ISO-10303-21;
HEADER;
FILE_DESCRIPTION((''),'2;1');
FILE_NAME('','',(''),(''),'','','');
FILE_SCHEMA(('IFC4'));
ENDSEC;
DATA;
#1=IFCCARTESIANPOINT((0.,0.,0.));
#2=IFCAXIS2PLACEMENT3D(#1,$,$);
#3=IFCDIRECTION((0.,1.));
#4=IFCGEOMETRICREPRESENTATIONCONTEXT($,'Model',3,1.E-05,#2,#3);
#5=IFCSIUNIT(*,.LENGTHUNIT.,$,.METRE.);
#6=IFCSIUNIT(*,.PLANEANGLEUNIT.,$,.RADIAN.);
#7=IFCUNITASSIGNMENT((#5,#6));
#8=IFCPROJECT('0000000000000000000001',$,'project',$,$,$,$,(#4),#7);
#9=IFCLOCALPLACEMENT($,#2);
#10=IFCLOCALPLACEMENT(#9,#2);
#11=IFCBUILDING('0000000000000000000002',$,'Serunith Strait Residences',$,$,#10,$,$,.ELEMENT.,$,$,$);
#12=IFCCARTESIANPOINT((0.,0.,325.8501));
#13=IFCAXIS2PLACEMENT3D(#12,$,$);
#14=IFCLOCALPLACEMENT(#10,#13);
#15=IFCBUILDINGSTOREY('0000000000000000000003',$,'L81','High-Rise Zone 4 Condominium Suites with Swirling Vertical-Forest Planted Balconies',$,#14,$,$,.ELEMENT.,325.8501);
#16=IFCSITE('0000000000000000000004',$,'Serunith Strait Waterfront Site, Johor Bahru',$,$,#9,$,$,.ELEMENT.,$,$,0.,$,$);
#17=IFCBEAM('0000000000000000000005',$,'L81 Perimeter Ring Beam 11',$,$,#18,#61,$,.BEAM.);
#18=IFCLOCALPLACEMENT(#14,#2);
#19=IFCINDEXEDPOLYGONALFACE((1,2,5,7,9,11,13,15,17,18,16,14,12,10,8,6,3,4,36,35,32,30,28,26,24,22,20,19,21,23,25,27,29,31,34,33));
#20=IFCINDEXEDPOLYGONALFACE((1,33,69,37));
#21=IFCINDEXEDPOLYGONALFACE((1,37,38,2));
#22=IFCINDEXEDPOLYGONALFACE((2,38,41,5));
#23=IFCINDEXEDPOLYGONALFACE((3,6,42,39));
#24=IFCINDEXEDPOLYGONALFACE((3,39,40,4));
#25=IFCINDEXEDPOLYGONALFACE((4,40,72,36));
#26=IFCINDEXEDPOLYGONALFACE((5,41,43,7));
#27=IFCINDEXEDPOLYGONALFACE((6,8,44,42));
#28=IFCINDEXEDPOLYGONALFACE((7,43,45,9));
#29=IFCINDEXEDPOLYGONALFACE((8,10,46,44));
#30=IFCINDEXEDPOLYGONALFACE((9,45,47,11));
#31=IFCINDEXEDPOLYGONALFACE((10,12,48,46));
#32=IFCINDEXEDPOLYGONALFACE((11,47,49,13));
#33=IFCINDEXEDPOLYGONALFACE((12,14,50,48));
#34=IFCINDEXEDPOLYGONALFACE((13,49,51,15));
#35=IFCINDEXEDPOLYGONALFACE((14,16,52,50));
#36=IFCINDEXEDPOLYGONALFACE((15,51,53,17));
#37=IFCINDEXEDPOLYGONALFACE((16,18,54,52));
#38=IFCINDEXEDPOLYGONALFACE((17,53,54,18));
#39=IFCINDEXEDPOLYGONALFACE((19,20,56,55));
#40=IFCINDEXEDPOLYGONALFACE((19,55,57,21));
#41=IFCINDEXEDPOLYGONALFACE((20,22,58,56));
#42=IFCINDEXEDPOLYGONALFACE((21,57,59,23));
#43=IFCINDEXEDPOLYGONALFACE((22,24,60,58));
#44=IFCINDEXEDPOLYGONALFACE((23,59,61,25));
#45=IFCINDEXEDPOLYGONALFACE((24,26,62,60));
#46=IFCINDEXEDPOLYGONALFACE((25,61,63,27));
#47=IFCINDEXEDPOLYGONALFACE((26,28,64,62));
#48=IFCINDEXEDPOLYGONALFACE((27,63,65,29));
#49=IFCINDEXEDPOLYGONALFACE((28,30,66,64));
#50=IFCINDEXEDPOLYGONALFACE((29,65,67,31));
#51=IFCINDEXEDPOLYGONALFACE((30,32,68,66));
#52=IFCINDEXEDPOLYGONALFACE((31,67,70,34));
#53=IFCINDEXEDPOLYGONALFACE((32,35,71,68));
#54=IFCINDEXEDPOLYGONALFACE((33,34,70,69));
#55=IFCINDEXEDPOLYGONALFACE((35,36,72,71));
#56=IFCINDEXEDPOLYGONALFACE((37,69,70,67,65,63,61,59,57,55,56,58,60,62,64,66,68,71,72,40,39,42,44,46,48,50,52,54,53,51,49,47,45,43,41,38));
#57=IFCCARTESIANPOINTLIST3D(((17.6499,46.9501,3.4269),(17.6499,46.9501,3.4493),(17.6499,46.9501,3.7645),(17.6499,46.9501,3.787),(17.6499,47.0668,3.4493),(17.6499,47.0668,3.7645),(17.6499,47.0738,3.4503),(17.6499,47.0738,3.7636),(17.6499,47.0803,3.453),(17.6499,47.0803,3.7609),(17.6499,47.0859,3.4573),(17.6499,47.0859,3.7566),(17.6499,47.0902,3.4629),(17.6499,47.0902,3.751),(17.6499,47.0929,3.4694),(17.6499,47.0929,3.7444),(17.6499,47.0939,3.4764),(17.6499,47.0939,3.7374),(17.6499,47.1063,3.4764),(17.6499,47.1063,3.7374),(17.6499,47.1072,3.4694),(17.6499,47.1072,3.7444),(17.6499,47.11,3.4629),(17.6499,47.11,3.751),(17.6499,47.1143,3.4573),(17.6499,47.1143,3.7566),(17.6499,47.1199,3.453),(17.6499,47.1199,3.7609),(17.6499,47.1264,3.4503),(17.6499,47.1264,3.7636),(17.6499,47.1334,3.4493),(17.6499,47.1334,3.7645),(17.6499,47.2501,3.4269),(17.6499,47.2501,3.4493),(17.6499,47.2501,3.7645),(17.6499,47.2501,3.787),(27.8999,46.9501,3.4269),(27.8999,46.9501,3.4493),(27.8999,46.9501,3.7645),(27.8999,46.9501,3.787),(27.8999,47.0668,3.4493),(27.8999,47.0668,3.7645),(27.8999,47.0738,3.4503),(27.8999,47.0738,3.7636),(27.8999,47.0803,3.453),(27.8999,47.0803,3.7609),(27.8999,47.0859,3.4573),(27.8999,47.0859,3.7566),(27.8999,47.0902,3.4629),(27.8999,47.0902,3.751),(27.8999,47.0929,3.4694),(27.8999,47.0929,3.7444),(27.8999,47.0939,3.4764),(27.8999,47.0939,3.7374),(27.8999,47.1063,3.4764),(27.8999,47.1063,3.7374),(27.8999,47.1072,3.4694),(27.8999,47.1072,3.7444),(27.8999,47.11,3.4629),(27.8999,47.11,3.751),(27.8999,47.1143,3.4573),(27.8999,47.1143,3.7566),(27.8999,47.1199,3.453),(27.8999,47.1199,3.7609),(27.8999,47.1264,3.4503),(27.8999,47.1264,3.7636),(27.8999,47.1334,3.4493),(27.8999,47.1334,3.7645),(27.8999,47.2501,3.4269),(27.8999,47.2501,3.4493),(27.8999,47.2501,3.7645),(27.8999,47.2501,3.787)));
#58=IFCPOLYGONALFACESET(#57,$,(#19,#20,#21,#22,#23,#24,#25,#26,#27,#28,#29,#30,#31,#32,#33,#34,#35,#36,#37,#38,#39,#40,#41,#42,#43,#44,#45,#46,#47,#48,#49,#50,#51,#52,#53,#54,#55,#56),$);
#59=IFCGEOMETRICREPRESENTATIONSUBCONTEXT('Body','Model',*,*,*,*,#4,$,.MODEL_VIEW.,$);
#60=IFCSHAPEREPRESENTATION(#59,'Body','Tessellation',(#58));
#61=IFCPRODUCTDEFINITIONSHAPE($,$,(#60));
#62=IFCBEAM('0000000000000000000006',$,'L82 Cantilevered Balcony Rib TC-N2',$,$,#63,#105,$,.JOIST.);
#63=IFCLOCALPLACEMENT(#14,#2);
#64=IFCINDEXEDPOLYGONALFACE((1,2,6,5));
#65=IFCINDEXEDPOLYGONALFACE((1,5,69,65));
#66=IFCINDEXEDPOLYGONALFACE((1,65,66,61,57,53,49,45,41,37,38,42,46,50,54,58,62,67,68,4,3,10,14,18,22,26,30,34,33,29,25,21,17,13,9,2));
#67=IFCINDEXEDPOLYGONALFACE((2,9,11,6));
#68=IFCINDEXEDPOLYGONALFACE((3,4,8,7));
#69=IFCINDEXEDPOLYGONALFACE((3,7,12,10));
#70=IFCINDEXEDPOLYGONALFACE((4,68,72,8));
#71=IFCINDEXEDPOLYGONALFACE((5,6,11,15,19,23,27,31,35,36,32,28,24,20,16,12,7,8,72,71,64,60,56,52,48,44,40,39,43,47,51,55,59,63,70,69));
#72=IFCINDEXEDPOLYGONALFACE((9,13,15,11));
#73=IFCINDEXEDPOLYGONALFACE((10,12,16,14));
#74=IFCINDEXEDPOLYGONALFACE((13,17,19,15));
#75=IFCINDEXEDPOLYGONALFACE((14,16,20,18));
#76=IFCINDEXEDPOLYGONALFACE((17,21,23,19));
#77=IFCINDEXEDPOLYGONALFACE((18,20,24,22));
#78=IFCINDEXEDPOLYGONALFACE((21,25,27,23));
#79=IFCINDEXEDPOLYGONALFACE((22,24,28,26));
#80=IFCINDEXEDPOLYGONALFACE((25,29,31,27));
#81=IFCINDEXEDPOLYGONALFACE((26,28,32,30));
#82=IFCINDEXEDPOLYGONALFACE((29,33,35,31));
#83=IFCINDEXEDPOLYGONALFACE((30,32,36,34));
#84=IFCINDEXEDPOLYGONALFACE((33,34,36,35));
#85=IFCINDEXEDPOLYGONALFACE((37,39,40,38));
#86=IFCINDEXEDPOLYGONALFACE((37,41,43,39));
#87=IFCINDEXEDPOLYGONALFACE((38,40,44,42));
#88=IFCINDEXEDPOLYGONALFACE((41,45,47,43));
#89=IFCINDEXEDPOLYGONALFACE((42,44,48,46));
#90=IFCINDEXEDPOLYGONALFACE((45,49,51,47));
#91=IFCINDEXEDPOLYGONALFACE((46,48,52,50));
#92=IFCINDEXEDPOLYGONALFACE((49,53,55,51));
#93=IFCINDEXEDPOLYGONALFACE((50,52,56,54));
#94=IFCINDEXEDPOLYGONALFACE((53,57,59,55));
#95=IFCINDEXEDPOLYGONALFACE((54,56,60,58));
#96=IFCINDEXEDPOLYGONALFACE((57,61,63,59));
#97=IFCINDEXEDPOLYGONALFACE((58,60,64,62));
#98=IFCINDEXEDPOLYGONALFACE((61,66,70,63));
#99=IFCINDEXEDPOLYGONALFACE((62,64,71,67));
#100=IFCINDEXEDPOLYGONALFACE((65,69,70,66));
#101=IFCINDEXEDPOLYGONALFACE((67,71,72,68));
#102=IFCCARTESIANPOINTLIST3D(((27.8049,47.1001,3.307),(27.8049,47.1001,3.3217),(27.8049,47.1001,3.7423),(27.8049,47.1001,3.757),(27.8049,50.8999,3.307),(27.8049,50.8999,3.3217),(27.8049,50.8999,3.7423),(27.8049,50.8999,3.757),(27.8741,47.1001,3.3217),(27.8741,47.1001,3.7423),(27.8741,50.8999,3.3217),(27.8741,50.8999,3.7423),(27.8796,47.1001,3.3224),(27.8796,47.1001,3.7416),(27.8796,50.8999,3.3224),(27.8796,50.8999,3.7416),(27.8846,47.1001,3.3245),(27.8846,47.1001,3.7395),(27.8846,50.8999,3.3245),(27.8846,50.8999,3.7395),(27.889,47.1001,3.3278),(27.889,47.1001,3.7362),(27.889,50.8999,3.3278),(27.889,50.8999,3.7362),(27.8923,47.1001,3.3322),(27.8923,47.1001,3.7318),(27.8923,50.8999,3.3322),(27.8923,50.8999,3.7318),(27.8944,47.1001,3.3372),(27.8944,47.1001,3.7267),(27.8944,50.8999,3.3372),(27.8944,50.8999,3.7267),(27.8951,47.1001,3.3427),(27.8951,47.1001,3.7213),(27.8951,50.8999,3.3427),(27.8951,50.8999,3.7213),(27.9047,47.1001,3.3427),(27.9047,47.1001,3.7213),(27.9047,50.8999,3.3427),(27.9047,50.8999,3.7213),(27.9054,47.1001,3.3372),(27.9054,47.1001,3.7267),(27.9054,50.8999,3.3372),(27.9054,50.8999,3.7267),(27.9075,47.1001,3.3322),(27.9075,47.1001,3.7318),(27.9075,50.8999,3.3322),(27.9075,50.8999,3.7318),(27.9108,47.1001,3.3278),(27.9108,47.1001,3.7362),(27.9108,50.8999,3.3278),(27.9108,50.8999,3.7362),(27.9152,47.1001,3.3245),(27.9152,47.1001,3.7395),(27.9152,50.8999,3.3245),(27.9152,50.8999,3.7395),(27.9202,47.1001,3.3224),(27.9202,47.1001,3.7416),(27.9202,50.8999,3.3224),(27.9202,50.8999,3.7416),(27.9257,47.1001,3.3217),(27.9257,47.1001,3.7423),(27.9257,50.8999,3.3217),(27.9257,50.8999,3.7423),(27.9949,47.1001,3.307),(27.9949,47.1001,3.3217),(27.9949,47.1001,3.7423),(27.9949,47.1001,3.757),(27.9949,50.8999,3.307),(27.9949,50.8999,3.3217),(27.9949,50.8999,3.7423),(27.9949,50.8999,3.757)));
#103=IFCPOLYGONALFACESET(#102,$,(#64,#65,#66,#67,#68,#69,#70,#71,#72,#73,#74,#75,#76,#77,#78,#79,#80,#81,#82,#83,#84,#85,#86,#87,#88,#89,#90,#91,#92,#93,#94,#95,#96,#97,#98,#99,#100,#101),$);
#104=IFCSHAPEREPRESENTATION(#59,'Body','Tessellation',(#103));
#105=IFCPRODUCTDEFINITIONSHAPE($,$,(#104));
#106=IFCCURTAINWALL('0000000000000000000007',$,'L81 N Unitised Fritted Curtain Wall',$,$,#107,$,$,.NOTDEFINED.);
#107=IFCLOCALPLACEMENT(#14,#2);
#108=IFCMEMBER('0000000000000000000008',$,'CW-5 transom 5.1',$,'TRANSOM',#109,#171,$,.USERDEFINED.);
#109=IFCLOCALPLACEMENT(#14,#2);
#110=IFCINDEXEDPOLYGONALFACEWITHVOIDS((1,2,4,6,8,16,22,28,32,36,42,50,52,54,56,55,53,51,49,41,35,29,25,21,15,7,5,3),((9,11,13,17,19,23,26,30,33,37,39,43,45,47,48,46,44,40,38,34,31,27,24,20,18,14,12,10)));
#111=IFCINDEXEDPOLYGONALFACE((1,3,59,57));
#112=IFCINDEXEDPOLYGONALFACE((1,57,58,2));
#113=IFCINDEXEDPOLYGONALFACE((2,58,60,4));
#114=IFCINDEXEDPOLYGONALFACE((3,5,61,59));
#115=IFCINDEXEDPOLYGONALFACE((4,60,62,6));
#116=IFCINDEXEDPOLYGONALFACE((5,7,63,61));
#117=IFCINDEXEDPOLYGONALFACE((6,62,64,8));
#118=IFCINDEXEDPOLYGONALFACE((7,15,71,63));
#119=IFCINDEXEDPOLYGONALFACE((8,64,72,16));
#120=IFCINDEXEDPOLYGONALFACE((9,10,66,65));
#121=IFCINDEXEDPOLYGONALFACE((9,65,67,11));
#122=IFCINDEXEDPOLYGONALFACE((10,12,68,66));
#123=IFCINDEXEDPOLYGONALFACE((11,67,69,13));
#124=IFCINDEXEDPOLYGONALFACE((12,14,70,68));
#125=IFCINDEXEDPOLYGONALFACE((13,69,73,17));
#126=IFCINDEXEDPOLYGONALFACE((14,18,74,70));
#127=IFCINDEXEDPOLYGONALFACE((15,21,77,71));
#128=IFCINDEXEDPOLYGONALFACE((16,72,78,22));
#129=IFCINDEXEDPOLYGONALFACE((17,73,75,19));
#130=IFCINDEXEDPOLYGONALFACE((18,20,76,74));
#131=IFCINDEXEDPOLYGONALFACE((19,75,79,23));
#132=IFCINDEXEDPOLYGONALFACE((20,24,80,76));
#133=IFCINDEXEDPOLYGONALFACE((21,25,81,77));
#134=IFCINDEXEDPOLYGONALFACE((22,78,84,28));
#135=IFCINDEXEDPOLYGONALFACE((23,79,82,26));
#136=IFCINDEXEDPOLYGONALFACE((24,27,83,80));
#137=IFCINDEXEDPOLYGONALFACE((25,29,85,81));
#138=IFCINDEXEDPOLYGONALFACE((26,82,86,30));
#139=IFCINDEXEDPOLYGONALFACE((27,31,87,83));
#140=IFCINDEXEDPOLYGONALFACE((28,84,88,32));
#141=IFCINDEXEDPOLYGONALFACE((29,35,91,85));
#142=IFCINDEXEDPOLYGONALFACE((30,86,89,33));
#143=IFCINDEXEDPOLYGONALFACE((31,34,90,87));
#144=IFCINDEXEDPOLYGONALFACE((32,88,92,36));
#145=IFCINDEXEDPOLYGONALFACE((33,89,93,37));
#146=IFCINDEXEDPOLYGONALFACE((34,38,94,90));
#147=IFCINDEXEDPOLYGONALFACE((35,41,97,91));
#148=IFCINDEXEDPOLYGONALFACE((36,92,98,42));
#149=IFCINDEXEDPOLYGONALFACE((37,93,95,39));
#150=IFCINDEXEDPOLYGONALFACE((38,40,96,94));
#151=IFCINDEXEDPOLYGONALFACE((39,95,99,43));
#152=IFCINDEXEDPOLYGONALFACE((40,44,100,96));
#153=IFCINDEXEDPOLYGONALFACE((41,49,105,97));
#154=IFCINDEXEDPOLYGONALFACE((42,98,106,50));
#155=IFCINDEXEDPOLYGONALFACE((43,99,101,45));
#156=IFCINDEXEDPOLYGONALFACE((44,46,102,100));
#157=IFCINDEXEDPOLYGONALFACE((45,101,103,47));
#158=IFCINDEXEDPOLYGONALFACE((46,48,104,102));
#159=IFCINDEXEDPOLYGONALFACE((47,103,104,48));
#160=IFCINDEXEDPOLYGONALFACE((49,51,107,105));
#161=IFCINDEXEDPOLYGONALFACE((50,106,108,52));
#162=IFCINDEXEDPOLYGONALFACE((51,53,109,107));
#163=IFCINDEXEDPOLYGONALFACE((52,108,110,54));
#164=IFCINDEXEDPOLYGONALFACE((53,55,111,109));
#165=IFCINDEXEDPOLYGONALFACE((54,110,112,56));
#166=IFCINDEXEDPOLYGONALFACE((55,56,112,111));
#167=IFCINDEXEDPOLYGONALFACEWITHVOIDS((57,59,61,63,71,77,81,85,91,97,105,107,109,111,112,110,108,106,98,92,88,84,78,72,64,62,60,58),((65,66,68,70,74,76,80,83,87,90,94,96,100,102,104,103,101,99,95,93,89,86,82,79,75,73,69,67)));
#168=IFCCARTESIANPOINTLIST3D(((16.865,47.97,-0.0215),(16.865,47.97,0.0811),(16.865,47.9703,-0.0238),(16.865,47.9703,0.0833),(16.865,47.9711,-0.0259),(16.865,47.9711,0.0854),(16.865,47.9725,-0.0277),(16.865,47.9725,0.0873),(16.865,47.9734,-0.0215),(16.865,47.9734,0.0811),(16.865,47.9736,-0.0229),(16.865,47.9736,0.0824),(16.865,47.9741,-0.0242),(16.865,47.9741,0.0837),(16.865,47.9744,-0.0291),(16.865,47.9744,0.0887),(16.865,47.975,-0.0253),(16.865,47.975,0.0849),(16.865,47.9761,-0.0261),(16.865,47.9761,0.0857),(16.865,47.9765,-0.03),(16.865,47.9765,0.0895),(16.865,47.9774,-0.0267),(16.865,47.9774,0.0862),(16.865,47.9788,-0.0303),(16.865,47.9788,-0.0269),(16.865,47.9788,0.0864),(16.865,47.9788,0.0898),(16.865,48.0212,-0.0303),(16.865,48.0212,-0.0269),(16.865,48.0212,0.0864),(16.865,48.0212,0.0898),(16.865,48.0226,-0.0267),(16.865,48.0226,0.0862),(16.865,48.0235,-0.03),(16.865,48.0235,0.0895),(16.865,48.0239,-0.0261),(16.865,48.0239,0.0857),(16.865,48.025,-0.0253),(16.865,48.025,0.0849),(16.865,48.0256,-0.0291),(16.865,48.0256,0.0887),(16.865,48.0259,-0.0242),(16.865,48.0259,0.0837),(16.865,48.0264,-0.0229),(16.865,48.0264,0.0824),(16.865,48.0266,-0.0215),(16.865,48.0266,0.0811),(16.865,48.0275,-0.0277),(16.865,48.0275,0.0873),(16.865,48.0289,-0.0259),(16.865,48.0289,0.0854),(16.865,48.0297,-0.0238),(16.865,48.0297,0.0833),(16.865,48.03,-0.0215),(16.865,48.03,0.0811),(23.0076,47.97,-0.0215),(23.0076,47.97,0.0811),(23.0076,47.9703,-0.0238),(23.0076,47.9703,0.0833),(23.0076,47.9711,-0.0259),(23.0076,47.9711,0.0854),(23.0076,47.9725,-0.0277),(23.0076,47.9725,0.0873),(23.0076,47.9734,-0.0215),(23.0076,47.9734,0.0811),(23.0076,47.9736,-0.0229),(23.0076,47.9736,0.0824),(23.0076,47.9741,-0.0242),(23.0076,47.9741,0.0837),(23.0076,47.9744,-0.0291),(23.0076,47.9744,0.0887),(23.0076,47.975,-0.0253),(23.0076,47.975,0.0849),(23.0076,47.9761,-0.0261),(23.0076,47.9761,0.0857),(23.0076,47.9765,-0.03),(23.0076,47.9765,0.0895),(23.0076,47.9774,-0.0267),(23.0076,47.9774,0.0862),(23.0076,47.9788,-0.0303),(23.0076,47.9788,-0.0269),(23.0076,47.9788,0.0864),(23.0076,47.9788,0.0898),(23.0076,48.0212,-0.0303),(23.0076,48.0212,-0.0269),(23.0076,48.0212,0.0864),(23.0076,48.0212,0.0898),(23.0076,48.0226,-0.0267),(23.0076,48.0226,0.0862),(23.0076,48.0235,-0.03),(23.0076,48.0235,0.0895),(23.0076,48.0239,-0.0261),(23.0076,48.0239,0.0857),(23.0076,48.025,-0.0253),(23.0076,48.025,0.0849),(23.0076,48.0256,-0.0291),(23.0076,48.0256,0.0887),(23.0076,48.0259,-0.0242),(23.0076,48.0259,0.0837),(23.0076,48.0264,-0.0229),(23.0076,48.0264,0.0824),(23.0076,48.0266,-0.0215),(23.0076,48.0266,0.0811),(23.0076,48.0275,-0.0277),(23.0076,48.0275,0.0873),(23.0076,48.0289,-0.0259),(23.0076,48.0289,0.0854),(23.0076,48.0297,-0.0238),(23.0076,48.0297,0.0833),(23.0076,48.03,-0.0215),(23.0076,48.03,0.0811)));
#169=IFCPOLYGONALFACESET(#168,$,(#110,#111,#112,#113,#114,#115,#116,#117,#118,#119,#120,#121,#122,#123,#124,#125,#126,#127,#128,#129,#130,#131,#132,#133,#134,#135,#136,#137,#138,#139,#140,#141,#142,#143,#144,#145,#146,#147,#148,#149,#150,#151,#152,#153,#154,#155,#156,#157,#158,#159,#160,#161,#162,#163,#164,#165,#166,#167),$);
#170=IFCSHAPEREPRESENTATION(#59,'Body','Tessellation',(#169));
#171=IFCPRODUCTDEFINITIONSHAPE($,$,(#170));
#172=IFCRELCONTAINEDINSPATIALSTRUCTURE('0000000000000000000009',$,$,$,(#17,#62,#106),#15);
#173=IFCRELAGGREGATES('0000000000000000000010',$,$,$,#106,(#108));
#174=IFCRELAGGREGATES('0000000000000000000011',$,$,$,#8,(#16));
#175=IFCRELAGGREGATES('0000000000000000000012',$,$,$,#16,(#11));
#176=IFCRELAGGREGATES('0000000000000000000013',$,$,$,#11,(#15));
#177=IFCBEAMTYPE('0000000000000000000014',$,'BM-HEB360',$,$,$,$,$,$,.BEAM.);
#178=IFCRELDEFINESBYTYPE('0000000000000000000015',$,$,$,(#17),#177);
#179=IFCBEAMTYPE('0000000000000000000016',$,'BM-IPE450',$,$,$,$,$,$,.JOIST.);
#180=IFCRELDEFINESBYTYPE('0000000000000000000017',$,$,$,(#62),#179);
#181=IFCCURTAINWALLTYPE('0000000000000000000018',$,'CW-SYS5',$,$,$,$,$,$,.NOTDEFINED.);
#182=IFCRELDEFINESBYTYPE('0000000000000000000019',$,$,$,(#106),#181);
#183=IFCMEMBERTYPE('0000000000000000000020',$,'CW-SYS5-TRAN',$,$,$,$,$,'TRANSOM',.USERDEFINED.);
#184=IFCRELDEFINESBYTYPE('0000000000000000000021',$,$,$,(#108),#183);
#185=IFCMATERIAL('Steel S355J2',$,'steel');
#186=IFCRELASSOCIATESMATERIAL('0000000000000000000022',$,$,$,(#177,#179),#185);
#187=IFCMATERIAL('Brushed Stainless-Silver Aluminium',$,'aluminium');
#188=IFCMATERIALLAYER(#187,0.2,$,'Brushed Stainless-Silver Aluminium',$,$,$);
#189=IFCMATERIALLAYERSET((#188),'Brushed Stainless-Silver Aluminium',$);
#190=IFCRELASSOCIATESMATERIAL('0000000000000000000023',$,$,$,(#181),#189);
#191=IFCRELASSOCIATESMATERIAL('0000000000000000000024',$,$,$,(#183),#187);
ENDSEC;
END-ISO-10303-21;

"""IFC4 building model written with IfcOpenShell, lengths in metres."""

from ifc_helpers import new_model, si_unit, direction, frame, origin, origin_2d, place, context, subcontext, project, spatial, hollow_rectangle, i_section, extrude, source, transform, mapped, material, layer, layer_set, material_profile, profile_set, type_object, element, aggregate, save


model = new_model("IFC4")

# Units and contexts
model_context = context("Model", 3, precision=1e-05, world=origin(), true_north=direction((0.0, 1.0)))
body_context = subcontext(model_context, "Body", "Model", "MODEL_VIEW")
ifc_project = project(units=[si_unit("LENGTHUNIT", "METRE"), si_unit("PLANEANGLEUNIT", "RADIAN")], contexts=[model_context])

# Site, building, storey
site_placement = place(None, origin())
site = spatial("IfcSite", under=ifc_project, at=site_placement, Name="Serunith Strait Waterfront Site, Johor Bahru", CompositionType="ELEMENT", RefElevation=0.0)
building_placement = place(site_placement, origin())
building = spatial("IfcBuilding", under=site, at=building_placement, Name="Serunith Strait Residences", CompositionType="ELEMENT")
storey_placement = place(building_placement, frame((0.0, 0.0, 325.8501)))
storey = spatial("IfcBuildingStorey", under=building, at=storey_placement, Name="L81", Description="High-Rise Zone 4 Condominium Suites with Swirling Vertical-Forest Planted Balconies", CompositionType="ELEMENT", Elevation=325.8501)

# Beams
ifc_material_1 = material(Name="Steel S355J2", Category="steel")
ifc_material_profile_1 = material_profile(ifc_material_1, i_section(OverallWidth=0.3, OverallDepth=0.3601, WebThickness=0.0125, FlangeThickness=0.0225, FilletRadius=0.0271, at=origin_2d()), Name="HEB 360")
ifc_profile_set_1 = profile_set([ifc_material_profile_1], Name="Steel S355J2")
beam_type_1 = type_object("IfcBeamType", Name="BM-HEB360", PredefinedType="BEAM", material=ifc_profile_set_1)
shared_shape_1 = source(origin(), body_context, "Body", "SweptSolid", [
    extrude(i_section(OverallWidth=0.3, OverallDepth=0.3601, WebThickness=0.0125, FlangeThickness=0.0225, FilletRadius=0.0271, at=origin_2d()), origin(), (0.0, 0.0, 1.0), 10.25),
])
beam_1_placement = place(storey_placement, frame((27.8999, 47.1001, 3.6069), z_axis=(-1.0, 0.0, 0.0), x_axis=(0.0, -1.0, 0.0)))
element("IfcBeam", 1, at=beam_1_placement, inside=storey, type_object=beam_type_1, Name="L81 Perimeter Ring Beam 11", PredefinedType="BEAM", context=body_context, shape_type="MappedRepresentation", body=[
    mapped(shared_shape_1, transform((0.0, 0.0, 0.0), scale=1.0)),
])
ifc_material_profile_2 = material_profile(ifc_material_1, i_section(OverallWidth=0.1899, OverallDepth=0.45, WebThickness=0.0095, FlangeThickness=0.0146, FilletRadius=0.021, at=origin_2d()), Name="IPE 450")
ifc_profile_set_2 = profile_set([ifc_material_profile_2], Name="Steel S355J2")
beam_type_2 = type_object("IfcBeamType", Name="BM-IPE450", PredefinedType="JOIST", material=ifc_profile_set_2)
shared_shape_2 = source(origin(), body_context, "Body", "SweptSolid", [
    extrude(i_section(OverallWidth=0.1899, OverallDepth=0.45, WebThickness=0.0095, FlangeThickness=0.0146, FilletRadius=0.021, at=origin_2d()), origin(), (0.0, 0.0, 1.0), 3.7998),
])
beam_2_placement = place(storey_placement, frame((27.8999, 47.1001, 3.532), z_axis=(0.0, 1.0, 0.0), x_axis=(-1.0, 0.0, 0.0)))
element("IfcBeam", 2, at=beam_2_placement, inside=storey, type_object=beam_type_2, Name="L82 Cantilevered Balcony Rib TC-N2", PredefinedType="JOIST", context=body_context, shape_type="MappedRepresentation", body=[
    mapped(shared_shape_2, transform((0.0, 0.0, 0.0), scale=1.0)),
])

# Curtain wall, member
ifc_material_2 = material(Name="Brushed Stainless-Silver Aluminium", Category="aluminium")
ifc_layer_1 = layer(ifc_material_2, 0.2, Name="Brushed Stainless-Silver Aluminium")
ifc_layer_set_1 = layer_set([ifc_layer_1], Name="Brushed Stainless-Silver Aluminium")
curtain_wall_type = type_object("IfcCurtainWallType", Name="CW-SYS5", PredefinedType="NOTDEFINED", material=ifc_layer_set_1)
curtain_wall_placement = place(storey_placement, origin())
curtain_wall = element("IfcCurtainWall", 3, at=curtain_wall_placement, inside=storey, type_object=curtain_wall_type, Name="L81 N Unitised Fritted Curtain Wall", PredefinedType="NOTDEFINED")
ifc_material_profile_3 = material_profile(ifc_material_2, hollow_rectangle(XDim=0.0601, YDim=0.1201, WallThickness=0.0034, InnerFilletRadius=0.0054, OuterFilletRadius=0.0088, at=origin_2d()), Name="ALU 120x60x3.5")
ifc_profile_set_3 = profile_set([ifc_material_profile_3], Name="Brushed Stainless-Silver Aluminium")
member_type_1 = type_object("IfcMemberType", Name="CW-SYS5-TRAN", ElementType="TRANSOM", PredefinedType="USERDEFINED", material=ifc_profile_set_3)
shared_shape_3 = source(origin(), body_context, "Body", "SweptSolid", [
    extrude(hollow_rectangle(XDim=0.0601, YDim=0.1201, WallThickness=0.0034, InnerFilletRadius=0.0054, OuterFilletRadius=0.0088, at=origin_2d()), origin(), (0.0, 0.0, 1.0), 6.1426),
])
member_1_placement = place(storey_placement, frame((23.0076, 48.0, 0.0298), z_axis=(-1.0, 0.0, 0.0), x_axis=(0.0, -1.0, 0.0)))
member_1 = element("IfcMember", 4, at=member_1_placement, type_object=member_type_1, Name="CW-5 transom 5.1", ObjectType="TRANSOM", PredefinedType="USERDEFINED", context=body_context, shape_type="MappedRepresentation", body=[
    mapped(shared_shape_3, transform((0.0, 0.0, 0.0), scale=1.0)),
])
aggregate(curtain_wall, [member_1])

save(model, "model.ifc")
